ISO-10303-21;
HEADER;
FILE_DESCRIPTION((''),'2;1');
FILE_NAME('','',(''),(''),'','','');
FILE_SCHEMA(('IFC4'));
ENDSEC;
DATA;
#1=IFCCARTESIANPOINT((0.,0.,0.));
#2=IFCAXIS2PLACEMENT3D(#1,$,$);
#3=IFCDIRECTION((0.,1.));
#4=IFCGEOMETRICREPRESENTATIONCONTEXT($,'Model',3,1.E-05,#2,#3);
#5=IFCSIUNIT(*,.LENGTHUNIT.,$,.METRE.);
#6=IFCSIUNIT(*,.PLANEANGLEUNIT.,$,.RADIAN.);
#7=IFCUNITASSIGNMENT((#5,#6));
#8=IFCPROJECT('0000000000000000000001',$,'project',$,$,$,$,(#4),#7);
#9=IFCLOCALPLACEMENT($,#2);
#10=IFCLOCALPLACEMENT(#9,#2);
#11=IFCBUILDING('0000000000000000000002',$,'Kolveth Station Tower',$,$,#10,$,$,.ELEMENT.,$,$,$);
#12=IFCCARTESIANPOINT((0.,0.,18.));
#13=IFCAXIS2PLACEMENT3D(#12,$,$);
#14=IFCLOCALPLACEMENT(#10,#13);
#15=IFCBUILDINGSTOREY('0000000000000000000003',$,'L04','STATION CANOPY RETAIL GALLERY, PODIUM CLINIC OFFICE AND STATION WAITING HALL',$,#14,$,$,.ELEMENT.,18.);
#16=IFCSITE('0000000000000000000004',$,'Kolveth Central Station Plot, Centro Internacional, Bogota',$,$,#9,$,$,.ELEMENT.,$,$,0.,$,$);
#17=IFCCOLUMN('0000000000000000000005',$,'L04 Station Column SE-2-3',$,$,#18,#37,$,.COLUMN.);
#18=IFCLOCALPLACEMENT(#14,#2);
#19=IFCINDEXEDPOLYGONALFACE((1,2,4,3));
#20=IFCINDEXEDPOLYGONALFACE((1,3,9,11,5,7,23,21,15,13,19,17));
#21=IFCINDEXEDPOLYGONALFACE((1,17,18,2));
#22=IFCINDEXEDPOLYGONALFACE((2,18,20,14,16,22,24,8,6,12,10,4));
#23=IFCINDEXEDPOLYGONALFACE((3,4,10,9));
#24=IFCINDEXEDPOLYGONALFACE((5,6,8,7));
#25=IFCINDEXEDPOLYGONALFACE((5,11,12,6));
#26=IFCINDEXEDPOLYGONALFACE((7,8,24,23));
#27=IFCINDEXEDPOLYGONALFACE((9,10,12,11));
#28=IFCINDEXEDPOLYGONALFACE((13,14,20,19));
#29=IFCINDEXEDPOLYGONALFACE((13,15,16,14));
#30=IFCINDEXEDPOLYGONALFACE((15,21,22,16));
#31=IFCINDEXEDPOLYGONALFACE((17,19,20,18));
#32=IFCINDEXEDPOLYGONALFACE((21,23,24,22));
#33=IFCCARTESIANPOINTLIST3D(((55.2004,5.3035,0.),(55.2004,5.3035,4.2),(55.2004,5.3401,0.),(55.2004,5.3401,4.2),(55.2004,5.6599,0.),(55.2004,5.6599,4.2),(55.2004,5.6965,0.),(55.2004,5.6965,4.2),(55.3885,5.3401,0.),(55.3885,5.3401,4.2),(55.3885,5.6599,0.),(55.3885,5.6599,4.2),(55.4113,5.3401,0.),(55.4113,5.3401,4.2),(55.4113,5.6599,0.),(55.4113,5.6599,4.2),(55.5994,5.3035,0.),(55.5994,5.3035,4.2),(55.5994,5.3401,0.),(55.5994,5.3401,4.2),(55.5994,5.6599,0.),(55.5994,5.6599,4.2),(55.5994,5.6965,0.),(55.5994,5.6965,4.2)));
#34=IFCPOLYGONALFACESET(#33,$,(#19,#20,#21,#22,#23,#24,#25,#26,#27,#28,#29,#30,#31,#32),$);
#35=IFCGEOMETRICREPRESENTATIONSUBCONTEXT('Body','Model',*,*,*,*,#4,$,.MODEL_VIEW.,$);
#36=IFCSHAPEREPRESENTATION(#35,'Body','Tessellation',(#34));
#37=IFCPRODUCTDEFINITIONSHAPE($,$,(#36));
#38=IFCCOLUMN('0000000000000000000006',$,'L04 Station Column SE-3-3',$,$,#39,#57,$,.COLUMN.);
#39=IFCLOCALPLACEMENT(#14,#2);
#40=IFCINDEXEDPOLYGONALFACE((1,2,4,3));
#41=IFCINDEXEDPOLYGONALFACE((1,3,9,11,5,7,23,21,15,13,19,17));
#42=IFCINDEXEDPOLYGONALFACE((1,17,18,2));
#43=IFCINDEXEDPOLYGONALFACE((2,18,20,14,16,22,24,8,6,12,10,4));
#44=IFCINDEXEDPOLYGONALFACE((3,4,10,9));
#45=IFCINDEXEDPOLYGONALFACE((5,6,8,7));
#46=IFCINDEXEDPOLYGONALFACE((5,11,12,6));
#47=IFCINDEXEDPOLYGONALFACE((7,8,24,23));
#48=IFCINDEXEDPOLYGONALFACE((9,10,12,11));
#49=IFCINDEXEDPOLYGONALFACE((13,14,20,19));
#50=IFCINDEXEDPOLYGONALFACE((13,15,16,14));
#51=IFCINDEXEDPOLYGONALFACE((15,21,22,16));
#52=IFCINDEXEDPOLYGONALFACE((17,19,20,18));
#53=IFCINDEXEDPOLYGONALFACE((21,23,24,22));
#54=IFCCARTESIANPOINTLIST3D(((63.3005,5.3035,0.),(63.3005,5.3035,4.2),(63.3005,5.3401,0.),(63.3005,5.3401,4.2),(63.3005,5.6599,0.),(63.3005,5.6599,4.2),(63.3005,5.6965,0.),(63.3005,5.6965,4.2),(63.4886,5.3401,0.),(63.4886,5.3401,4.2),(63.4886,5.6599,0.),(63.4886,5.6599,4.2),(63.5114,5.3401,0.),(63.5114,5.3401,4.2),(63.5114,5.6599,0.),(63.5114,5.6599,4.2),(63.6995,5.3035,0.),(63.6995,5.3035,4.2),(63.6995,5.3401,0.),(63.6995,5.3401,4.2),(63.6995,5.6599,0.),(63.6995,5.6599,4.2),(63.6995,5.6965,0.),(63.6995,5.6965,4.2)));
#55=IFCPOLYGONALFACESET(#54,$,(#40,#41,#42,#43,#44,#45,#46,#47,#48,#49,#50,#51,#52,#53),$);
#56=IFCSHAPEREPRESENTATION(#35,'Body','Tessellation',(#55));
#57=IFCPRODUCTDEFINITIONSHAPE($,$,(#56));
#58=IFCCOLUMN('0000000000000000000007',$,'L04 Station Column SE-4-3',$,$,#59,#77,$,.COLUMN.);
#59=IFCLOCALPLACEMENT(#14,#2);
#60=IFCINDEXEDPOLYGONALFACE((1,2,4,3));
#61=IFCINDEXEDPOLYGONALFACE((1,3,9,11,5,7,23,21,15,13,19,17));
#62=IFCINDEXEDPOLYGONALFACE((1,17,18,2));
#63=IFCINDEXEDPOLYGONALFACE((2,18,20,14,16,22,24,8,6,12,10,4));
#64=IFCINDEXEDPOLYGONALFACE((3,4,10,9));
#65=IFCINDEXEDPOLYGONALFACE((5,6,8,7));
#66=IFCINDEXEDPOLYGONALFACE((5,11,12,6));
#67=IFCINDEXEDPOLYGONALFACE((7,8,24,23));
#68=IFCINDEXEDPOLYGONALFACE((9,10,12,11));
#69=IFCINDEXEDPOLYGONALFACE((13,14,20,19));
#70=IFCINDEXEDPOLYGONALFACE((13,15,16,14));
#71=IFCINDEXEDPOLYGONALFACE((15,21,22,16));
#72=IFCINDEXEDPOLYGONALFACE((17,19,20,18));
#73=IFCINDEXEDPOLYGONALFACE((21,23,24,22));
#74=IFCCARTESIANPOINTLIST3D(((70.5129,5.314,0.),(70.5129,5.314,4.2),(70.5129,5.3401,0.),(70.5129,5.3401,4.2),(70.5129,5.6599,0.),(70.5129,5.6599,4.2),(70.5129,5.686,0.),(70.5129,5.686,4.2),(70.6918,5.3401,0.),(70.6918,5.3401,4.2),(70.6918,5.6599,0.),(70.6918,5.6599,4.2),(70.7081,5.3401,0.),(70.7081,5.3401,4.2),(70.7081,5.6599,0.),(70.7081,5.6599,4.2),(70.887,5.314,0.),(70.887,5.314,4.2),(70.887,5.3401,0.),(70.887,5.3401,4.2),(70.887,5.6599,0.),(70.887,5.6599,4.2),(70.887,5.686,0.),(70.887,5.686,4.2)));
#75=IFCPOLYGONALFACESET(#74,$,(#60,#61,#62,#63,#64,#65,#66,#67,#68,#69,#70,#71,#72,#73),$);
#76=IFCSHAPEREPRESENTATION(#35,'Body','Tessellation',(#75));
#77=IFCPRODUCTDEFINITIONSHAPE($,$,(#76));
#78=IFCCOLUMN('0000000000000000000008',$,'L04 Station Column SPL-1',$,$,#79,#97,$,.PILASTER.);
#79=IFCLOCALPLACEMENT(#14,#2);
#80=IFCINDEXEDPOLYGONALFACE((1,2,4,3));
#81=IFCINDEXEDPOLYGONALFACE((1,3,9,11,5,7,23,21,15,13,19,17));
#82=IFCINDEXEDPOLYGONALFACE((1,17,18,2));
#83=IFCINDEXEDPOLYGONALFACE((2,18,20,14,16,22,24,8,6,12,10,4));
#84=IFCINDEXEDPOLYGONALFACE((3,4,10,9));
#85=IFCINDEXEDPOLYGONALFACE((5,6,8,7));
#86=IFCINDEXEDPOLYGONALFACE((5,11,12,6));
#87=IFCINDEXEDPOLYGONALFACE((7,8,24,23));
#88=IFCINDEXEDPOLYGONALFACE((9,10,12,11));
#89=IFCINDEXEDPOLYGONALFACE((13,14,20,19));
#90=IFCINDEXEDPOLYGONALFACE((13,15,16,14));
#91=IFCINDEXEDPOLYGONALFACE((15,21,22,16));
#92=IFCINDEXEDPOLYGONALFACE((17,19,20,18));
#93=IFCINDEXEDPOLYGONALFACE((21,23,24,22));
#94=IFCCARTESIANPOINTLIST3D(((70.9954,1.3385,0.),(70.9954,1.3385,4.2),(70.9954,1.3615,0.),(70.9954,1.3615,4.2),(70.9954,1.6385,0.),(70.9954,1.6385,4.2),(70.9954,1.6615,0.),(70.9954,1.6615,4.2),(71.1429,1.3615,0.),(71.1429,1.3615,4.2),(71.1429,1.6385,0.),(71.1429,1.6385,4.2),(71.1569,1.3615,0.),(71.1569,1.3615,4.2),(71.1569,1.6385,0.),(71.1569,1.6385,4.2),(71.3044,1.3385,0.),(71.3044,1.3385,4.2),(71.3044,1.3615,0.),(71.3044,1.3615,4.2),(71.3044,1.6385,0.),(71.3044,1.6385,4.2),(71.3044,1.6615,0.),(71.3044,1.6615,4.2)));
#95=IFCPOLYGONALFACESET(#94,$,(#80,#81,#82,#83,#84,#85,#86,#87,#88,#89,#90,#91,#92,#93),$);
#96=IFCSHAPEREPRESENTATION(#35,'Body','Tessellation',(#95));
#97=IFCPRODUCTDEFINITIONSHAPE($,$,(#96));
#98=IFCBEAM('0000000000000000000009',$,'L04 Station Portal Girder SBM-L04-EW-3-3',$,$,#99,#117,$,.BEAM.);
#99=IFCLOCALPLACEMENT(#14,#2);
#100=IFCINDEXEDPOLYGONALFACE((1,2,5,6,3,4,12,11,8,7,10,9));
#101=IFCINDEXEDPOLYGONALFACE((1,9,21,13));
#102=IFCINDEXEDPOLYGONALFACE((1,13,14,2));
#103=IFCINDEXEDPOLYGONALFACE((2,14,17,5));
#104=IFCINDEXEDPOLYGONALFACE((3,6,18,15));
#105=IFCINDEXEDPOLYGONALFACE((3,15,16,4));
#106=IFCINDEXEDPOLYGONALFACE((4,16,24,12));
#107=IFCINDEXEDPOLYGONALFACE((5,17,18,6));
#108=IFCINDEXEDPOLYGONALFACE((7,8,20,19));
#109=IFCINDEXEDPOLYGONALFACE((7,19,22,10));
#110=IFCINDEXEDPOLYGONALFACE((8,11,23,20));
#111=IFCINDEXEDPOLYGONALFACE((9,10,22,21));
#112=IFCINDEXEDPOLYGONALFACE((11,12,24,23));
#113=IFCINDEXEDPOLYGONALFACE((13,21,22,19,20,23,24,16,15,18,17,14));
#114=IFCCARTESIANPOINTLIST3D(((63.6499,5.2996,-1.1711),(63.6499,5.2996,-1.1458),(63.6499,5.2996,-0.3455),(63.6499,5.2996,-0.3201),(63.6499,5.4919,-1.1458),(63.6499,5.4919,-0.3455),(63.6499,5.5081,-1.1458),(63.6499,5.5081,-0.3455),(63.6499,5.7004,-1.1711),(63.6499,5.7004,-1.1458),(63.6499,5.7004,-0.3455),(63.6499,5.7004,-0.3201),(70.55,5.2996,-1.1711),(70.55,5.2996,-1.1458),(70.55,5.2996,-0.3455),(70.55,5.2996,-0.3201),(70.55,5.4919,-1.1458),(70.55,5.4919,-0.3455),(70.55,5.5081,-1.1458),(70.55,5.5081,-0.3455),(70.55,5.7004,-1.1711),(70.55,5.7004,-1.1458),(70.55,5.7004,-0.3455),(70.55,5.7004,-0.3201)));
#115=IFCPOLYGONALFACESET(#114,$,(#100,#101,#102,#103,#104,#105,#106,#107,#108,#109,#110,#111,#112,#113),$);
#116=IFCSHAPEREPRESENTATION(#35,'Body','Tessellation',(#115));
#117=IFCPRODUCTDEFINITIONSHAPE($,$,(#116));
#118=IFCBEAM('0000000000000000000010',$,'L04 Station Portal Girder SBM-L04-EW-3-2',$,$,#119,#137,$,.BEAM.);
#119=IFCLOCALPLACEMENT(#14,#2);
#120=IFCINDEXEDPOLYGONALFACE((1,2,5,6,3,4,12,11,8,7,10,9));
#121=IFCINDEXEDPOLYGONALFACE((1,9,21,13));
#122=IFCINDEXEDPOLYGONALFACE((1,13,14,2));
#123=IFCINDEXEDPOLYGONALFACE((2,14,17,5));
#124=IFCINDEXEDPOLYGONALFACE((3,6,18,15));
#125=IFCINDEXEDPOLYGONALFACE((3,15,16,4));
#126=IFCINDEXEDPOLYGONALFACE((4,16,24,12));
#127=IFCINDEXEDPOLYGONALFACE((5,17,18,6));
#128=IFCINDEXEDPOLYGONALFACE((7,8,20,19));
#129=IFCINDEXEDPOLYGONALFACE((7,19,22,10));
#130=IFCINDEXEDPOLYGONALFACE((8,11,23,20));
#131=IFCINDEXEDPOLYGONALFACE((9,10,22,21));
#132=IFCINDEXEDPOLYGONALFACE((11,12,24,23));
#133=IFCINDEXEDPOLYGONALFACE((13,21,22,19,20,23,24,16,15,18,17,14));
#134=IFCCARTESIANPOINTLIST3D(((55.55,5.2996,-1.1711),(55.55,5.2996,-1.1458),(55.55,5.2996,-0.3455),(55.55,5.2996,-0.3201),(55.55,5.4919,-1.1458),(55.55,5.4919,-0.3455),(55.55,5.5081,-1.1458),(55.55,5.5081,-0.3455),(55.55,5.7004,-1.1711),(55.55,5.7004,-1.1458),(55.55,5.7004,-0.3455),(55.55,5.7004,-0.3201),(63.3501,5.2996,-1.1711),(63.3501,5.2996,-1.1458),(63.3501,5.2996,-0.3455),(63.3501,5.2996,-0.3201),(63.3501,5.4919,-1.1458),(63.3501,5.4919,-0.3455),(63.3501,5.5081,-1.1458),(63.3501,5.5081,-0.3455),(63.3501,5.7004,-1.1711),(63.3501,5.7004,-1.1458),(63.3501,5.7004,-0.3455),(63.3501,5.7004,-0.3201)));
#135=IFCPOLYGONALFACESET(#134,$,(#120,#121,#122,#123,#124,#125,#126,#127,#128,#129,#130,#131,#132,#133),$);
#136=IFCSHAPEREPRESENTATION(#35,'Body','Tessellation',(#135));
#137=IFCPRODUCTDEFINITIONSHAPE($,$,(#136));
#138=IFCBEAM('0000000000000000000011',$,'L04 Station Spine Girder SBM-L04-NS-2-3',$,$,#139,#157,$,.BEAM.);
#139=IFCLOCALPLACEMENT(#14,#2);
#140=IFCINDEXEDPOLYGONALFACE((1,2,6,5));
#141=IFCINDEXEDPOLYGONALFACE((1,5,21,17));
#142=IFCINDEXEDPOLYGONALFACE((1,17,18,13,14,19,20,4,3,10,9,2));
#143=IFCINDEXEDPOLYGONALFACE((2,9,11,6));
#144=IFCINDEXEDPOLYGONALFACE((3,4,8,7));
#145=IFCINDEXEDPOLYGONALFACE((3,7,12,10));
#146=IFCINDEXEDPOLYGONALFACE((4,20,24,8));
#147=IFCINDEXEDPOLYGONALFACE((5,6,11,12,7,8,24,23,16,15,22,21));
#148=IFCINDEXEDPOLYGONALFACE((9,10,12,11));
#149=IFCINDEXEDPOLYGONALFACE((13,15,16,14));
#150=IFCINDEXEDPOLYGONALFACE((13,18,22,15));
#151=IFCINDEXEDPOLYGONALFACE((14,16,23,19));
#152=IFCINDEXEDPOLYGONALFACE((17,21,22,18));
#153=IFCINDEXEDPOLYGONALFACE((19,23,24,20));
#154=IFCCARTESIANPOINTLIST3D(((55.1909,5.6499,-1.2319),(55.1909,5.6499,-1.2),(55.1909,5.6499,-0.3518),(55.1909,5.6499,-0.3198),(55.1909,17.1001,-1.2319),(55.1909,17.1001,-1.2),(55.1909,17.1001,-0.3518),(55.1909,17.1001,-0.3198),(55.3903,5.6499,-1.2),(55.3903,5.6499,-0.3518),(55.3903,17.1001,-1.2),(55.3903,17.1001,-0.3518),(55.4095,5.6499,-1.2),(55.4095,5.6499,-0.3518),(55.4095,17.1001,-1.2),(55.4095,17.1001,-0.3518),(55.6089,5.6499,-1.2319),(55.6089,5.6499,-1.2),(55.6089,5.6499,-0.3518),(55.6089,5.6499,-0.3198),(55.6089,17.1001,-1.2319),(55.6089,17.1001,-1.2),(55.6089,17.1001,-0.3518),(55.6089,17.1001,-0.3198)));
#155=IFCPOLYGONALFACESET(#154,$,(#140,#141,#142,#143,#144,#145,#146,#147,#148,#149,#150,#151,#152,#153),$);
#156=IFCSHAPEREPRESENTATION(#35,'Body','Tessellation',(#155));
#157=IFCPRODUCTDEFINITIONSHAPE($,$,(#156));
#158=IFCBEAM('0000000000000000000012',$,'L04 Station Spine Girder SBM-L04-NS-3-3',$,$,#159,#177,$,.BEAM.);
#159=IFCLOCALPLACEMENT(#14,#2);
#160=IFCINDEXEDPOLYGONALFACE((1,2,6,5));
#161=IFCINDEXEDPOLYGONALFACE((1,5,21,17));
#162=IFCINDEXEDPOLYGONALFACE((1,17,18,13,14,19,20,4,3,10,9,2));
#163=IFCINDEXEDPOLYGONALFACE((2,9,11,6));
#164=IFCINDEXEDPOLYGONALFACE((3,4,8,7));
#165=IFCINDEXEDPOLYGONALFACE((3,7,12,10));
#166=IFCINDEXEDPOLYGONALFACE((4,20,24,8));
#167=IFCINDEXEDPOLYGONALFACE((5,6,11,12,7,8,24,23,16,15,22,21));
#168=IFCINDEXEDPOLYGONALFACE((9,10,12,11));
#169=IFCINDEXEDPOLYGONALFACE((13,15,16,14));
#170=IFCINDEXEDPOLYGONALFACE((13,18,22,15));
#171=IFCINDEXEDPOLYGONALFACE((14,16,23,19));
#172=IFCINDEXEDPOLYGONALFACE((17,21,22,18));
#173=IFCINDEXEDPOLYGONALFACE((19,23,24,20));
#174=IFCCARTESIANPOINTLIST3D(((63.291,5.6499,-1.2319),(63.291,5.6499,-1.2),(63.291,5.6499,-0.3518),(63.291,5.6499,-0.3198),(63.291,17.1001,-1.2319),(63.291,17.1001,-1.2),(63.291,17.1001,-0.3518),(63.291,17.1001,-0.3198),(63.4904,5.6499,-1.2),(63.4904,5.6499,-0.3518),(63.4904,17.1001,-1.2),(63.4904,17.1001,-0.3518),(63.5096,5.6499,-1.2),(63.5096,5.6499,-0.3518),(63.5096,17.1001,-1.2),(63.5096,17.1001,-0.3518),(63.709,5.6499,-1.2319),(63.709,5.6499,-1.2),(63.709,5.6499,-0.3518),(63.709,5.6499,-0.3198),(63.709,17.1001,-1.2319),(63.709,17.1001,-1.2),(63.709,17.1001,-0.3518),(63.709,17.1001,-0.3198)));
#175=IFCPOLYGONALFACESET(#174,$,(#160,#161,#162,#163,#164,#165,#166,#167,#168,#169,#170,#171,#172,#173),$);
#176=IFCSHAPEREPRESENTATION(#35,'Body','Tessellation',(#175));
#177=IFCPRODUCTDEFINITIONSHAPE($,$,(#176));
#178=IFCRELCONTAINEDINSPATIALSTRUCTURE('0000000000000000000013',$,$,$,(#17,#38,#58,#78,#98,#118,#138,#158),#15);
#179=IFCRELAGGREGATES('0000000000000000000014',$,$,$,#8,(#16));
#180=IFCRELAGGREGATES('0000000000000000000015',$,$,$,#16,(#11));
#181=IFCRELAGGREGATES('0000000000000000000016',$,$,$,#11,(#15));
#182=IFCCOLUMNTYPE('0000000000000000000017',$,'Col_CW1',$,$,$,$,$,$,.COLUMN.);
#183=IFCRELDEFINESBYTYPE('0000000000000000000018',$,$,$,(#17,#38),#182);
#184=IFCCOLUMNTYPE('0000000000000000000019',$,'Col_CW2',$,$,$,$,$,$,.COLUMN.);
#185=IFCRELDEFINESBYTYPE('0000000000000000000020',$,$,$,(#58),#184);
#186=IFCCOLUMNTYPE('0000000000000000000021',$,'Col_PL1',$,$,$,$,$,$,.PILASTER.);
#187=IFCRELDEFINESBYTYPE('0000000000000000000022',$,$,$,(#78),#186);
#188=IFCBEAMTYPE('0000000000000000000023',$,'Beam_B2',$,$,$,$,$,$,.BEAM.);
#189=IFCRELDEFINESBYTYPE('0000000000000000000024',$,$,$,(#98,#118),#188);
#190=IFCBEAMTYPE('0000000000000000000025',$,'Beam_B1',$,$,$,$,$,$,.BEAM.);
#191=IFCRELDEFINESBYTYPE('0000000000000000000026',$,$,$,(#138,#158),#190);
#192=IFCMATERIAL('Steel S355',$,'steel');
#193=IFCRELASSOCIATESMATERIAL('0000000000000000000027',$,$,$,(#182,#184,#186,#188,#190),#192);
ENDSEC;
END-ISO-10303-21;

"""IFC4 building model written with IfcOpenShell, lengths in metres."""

from ifc_helpers import new_model, si_unit, direction, frame, origin, origin_2d, place, context, subcontext, project, spatial, i_section, extrude, source, transform, mapped, material, material_profile, profile_set, type_object, element, save


model = new_model("IFC4")

# Units and contexts
model_context = context("Model", 3, precision=1e-05, world=origin(), true_north=direction((0.0, 1.0)))
body_context = subcontext(model_context, "Body", "Model", "MODEL_VIEW")
ifc_project = project(units=[si_unit("LENGTHUNIT", "METRE"), si_unit("PLANEANGLEUNIT", "RADIAN")], contexts=[model_context])

# Site, building, storey
site_placement = place(None, origin())
site = spatial("IfcSite", under=ifc_project, at=site_placement, Name="Kolveth Central Station Plot, Centro Internacional, Bogota", CompositionType="ELEMENT", RefElevation=0.0)
building_placement = place(site_placement, origin())
building = spatial("IfcBuilding", under=site, at=building_placement, Name="Kolveth Station Tower", CompositionType="ELEMENT")
storey_placement = place(building_placement, frame((0.0, 0.0, 18.0)))
storey = spatial("IfcBuildingStorey", under=building, at=storey_placement, Name="L04", Description="STATION CANOPY RETAIL GALLERY, PODIUM CLINIC OFFICE AND STATION WAITING HALL", CompositionType="ELEMENT", Elevation=18.0)

# Columns
ifc_material_1 = material(Name="Steel S355", Category="steel")
ifc_material_profile_1 = material_profile(ifc_material_1, i_section(OverallWidth=0.3989, OverallDepth=0.3931, WebThickness=0.0227, FlangeThickness=0.0366, at=origin_2d()), Name="W360x287")
ifc_profile_set_1 = profile_set([ifc_material_profile_1], Name="Steel S355")
column_type_1 = type_object("IfcColumnType", Name="Col_CW1", PredefinedType="COLUMN", material=ifc_profile_set_1)
shared_shape_1 = source(origin(), body_context, "Body", "SweptSolid", [
    extrude(i_section(OverallWidth=0.3989, OverallDepth=0.3931, WebThickness=0.0227, FlangeThickness=0.0366, at=origin_2d()), origin(), (0.0, 0.0, 1.0), 4.2),
])
for number, where, z_axis, x_axis, name in (
    (1, (55.3999, 5.5, 0.0), (0.0, 0.0, 1.0), (1.0, 0.0, 0.0), "L04 Station Column SE-2-3"),
    (2, (63.5, 5.5, 0.0), (0.0, 0.0, 1.0), (1.0, 0.0, 0.0), "L04 Station Column SE-3-3"),
):
    element("IfcColumn", number, at=place(storey_placement, frame(where, z_axis=z_axis, x_axis=x_axis)), inside=storey, type_object=column_type_1, Name=name, PredefinedType="COLUMN", context=body_context, shape_type="MappedRepresentation", body=[
        mapped(shared_shape_1, transform((0.0, 0.0, 0.0), x_axis=(1.0, 0.0, 0.0), y_axis=(0.0, 1.0, 0.0), z_axis=(0.0, 0.0, 1.0), scale=1.0)),
    ])
ifc_material_profile_2 = material_profile(ifc_material_1, i_section(OverallWidth=0.374, OverallDepth=0.3721, WebThickness=0.0164, FlangeThickness=0.0261, at=origin_2d()), Name="W360x196")
ifc_profile_set_2 = profile_set([ifc_material_profile_2], Name="Steel S355")
column_type_2 = type_object("IfcColumnType", Name="Col_CW2", PredefinedType="COLUMN", material=ifc_profile_set_2)
shared_shape_2 = source(origin(), body_context, "Body", "SweptSolid", [
    extrude(i_section(OverallWidth=0.374, OverallDepth=0.3721, WebThickness=0.0164, FlangeThickness=0.0261, at=origin_2d()), origin(), (0.0, 0.0, 1.0), 4.2),
])
column_1_placement = place(storey_placement, frame((70.7, 5.5, 0.0), z_axis=(0.0, 0.0, 1.0), x_axis=(1.0, 0.0, 0.0)))
element("IfcColumn", 3, at=column_1_placement, inside=storey, type_object=column_type_2, Name="L04 Station Column SE-4-3", PredefinedType="COLUMN", context=body_context, shape_type="MappedRepresentation", body=[
    mapped(shared_shape_2, transform((0.0, 0.0, 0.0), x_axis=(1.0, 0.0, 0.0), y_axis=(0.0, 1.0, 0.0), z_axis=(0.0, 0.0, 1.0), scale=1.0)),
])
ifc_material_profile_3 = material_profile(ifc_material_1, i_section(OverallWidth=0.3091, OverallDepth=0.323, WebThickness=0.0139, FlangeThickness=0.0229, at=origin_2d()), Name="W310x143")
ifc_profile_set_3 = profile_set([ifc_material_profile_3], Name="Steel S355")
column_type_3 = type_object("IfcColumnType", Name="Col_PL1", PredefinedType="PILASTER", material=ifc_profile_set_3)
shared_shape_3 = source(origin(), body_context, "Body", "SweptSolid", [
    extrude(i_section(OverallWidth=0.3091, OverallDepth=0.323, WebThickness=0.0139, FlangeThickness=0.0229, at=origin_2d()), origin(), (0.0, 0.0, 1.0), 4.2),
])
column_2_placement = place(storey_placement, frame((71.1499, 1.5, 0.0), z_axis=(0.0, 0.0, 1.0), x_axis=(1.0, 0.0, 0.0)))
element("IfcColumn", 4, at=column_2_placement, inside=storey, type_object=column_type_3, Name="L04 Station Column SPL-1", PredefinedType="PILASTER", context=body_context, shape_type="MappedRepresentation", body=[
    mapped(shared_shape_3, transform((0.0, 0.0, 0.0), x_axis=(1.0, 0.0, 0.0), y_axis=(0.0, 1.0, 0.0), z_axis=(0.0, 0.0, 1.0), scale=1.0)),
])

# Beams
ifc_material_profile_4 = material_profile(ifc_material_1, i_section(OverallWidth=0.4009, OverallDepth=0.8511, WebThickness=0.0161, FlangeThickness=0.0254, at=origin_2d()), Name="W840x226")
ifc_profile_set_4 = profile_set([ifc_material_profile_4], Name="Steel S355")
beam_type_1 = type_object("IfcBeamType", Name="Beam_B2", PredefinedType="BEAM", material=ifc_profile_set_4)
shared_shape_4 = source(origin(), body_context, "Body", "SweptSolid", [
    extrude(i_section(OverallWidth=0.4009, OverallDepth=0.8511, WebThickness=0.0161, FlangeThickness=0.0254, at=origin_2d()), origin(), (0.0, 0.0, 1.0), 6.9001),
])
beam_1_placement = place(storey_placement, frame((63.6499, 5.5, -0.7456), z_axis=(1.0, 0.0, 0.0), x_axis=(0.0, 1.0, 0.0)))
element("IfcBeam", 5, at=beam_1_placement, inside=storey, type_object=beam_type_1, Name="L04 Station Portal Girder SBM-L04-EW-3-3", PredefinedType="BEAM", context=body_context, shape_type="MappedRepresentation", body=[
    mapped(shared_shape_4, transform((0.0, 0.0, 0.0), x_axis=(1.0, 0.0, 0.0), y_axis=(0.0, 1.0, 0.0), z_axis=(0.0, 0.0, 1.0), scale=1.0)),
])
shared_shape_5 = source(origin(), body_context, "Body", "SweptSolid", [
    extrude(i_section(OverallWidth=0.4009, OverallDepth=0.8511, WebThickness=0.0161, FlangeThickness=0.0254, at=origin_2d()), origin(), (0.0, 0.0, 1.0), 7.8),
])
beam_2_placement = place(storey_placement, frame((55.55, 5.5, -0.7456), z_axis=(1.0, 0.0, 0.0), x_axis=(0.0, 1.0, 0.0)))
element("IfcBeam", 6, at=beam_2_placement, inside=storey, type_object=beam_type_1, Name="L04 Station Portal Girder SBM-L04-EW-3-2", PredefinedType="BEAM", context=body_context, shape_type="MappedRepresentation", body=[
    mapped(shared_shape_5, transform((0.0, 0.0, 0.0), x_axis=(1.0, 0.0, 0.0), y_axis=(0.0, 1.0, 0.0), z_axis=(0.0, 0.0, 1.0), scale=1.0)),
])
ifc_material_profile_5 = material_profile(ifc_material_1, i_section(OverallWidth=0.418, OverallDepth=0.9121, WebThickness=0.0193, FlangeThickness=0.032, at=origin_2d()), Name="W920x342")
ifc_profile_set_5 = profile_set([ifc_material_profile_5], Name="Steel S355")
beam_type_2 = type_object("IfcBeamType", Name="Beam_B1", PredefinedType="BEAM", material=ifc_profile_set_5)
shared_shape_6 = source(origin(), body_context, "Body", "SweptSolid", [
    extrude(i_section(OverallWidth=0.418, OverallDepth=0.9121, WebThickness=0.0193, FlangeThickness=0.032, at=origin_2d()), origin(), (0.0, 0.0, 1.0), 11.4502),
])
for number, where, z_axis, x_axis, name in (
    (7, (55.3999, 5.6499, -0.7759), (0.0, 1.0, 0.0), (-1.0, 0.0, 0.0), "L04 Station Spine Girder SBM-L04-NS-2-3"),
    (8, (63.5, 5.6499, -0.7759), (0.0, 1.0, 0.0), (-1.0, 0.0, 0.0), "L04 Station Spine Girder SBM-L04-NS-3-3"),
):
    element("IfcBeam", number, at=place(storey_placement, frame(where, z_axis=z_axis, x_axis=x_axis)), inside=storey, type_object=beam_type_2, Name=name, PredefinedType="BEAM", context=body_context, shape_type="MappedRepresentation", body=[
        mapped(shared_shape_6, transform((0.0, 0.0, 0.0), x_axis=(1.0, 0.0, 0.0), y_axis=(0.0, 1.0, 0.0), z_axis=(0.0, 0.0, 1.0), scale=1.0)),
    ])

save(model, "model.ifc")
